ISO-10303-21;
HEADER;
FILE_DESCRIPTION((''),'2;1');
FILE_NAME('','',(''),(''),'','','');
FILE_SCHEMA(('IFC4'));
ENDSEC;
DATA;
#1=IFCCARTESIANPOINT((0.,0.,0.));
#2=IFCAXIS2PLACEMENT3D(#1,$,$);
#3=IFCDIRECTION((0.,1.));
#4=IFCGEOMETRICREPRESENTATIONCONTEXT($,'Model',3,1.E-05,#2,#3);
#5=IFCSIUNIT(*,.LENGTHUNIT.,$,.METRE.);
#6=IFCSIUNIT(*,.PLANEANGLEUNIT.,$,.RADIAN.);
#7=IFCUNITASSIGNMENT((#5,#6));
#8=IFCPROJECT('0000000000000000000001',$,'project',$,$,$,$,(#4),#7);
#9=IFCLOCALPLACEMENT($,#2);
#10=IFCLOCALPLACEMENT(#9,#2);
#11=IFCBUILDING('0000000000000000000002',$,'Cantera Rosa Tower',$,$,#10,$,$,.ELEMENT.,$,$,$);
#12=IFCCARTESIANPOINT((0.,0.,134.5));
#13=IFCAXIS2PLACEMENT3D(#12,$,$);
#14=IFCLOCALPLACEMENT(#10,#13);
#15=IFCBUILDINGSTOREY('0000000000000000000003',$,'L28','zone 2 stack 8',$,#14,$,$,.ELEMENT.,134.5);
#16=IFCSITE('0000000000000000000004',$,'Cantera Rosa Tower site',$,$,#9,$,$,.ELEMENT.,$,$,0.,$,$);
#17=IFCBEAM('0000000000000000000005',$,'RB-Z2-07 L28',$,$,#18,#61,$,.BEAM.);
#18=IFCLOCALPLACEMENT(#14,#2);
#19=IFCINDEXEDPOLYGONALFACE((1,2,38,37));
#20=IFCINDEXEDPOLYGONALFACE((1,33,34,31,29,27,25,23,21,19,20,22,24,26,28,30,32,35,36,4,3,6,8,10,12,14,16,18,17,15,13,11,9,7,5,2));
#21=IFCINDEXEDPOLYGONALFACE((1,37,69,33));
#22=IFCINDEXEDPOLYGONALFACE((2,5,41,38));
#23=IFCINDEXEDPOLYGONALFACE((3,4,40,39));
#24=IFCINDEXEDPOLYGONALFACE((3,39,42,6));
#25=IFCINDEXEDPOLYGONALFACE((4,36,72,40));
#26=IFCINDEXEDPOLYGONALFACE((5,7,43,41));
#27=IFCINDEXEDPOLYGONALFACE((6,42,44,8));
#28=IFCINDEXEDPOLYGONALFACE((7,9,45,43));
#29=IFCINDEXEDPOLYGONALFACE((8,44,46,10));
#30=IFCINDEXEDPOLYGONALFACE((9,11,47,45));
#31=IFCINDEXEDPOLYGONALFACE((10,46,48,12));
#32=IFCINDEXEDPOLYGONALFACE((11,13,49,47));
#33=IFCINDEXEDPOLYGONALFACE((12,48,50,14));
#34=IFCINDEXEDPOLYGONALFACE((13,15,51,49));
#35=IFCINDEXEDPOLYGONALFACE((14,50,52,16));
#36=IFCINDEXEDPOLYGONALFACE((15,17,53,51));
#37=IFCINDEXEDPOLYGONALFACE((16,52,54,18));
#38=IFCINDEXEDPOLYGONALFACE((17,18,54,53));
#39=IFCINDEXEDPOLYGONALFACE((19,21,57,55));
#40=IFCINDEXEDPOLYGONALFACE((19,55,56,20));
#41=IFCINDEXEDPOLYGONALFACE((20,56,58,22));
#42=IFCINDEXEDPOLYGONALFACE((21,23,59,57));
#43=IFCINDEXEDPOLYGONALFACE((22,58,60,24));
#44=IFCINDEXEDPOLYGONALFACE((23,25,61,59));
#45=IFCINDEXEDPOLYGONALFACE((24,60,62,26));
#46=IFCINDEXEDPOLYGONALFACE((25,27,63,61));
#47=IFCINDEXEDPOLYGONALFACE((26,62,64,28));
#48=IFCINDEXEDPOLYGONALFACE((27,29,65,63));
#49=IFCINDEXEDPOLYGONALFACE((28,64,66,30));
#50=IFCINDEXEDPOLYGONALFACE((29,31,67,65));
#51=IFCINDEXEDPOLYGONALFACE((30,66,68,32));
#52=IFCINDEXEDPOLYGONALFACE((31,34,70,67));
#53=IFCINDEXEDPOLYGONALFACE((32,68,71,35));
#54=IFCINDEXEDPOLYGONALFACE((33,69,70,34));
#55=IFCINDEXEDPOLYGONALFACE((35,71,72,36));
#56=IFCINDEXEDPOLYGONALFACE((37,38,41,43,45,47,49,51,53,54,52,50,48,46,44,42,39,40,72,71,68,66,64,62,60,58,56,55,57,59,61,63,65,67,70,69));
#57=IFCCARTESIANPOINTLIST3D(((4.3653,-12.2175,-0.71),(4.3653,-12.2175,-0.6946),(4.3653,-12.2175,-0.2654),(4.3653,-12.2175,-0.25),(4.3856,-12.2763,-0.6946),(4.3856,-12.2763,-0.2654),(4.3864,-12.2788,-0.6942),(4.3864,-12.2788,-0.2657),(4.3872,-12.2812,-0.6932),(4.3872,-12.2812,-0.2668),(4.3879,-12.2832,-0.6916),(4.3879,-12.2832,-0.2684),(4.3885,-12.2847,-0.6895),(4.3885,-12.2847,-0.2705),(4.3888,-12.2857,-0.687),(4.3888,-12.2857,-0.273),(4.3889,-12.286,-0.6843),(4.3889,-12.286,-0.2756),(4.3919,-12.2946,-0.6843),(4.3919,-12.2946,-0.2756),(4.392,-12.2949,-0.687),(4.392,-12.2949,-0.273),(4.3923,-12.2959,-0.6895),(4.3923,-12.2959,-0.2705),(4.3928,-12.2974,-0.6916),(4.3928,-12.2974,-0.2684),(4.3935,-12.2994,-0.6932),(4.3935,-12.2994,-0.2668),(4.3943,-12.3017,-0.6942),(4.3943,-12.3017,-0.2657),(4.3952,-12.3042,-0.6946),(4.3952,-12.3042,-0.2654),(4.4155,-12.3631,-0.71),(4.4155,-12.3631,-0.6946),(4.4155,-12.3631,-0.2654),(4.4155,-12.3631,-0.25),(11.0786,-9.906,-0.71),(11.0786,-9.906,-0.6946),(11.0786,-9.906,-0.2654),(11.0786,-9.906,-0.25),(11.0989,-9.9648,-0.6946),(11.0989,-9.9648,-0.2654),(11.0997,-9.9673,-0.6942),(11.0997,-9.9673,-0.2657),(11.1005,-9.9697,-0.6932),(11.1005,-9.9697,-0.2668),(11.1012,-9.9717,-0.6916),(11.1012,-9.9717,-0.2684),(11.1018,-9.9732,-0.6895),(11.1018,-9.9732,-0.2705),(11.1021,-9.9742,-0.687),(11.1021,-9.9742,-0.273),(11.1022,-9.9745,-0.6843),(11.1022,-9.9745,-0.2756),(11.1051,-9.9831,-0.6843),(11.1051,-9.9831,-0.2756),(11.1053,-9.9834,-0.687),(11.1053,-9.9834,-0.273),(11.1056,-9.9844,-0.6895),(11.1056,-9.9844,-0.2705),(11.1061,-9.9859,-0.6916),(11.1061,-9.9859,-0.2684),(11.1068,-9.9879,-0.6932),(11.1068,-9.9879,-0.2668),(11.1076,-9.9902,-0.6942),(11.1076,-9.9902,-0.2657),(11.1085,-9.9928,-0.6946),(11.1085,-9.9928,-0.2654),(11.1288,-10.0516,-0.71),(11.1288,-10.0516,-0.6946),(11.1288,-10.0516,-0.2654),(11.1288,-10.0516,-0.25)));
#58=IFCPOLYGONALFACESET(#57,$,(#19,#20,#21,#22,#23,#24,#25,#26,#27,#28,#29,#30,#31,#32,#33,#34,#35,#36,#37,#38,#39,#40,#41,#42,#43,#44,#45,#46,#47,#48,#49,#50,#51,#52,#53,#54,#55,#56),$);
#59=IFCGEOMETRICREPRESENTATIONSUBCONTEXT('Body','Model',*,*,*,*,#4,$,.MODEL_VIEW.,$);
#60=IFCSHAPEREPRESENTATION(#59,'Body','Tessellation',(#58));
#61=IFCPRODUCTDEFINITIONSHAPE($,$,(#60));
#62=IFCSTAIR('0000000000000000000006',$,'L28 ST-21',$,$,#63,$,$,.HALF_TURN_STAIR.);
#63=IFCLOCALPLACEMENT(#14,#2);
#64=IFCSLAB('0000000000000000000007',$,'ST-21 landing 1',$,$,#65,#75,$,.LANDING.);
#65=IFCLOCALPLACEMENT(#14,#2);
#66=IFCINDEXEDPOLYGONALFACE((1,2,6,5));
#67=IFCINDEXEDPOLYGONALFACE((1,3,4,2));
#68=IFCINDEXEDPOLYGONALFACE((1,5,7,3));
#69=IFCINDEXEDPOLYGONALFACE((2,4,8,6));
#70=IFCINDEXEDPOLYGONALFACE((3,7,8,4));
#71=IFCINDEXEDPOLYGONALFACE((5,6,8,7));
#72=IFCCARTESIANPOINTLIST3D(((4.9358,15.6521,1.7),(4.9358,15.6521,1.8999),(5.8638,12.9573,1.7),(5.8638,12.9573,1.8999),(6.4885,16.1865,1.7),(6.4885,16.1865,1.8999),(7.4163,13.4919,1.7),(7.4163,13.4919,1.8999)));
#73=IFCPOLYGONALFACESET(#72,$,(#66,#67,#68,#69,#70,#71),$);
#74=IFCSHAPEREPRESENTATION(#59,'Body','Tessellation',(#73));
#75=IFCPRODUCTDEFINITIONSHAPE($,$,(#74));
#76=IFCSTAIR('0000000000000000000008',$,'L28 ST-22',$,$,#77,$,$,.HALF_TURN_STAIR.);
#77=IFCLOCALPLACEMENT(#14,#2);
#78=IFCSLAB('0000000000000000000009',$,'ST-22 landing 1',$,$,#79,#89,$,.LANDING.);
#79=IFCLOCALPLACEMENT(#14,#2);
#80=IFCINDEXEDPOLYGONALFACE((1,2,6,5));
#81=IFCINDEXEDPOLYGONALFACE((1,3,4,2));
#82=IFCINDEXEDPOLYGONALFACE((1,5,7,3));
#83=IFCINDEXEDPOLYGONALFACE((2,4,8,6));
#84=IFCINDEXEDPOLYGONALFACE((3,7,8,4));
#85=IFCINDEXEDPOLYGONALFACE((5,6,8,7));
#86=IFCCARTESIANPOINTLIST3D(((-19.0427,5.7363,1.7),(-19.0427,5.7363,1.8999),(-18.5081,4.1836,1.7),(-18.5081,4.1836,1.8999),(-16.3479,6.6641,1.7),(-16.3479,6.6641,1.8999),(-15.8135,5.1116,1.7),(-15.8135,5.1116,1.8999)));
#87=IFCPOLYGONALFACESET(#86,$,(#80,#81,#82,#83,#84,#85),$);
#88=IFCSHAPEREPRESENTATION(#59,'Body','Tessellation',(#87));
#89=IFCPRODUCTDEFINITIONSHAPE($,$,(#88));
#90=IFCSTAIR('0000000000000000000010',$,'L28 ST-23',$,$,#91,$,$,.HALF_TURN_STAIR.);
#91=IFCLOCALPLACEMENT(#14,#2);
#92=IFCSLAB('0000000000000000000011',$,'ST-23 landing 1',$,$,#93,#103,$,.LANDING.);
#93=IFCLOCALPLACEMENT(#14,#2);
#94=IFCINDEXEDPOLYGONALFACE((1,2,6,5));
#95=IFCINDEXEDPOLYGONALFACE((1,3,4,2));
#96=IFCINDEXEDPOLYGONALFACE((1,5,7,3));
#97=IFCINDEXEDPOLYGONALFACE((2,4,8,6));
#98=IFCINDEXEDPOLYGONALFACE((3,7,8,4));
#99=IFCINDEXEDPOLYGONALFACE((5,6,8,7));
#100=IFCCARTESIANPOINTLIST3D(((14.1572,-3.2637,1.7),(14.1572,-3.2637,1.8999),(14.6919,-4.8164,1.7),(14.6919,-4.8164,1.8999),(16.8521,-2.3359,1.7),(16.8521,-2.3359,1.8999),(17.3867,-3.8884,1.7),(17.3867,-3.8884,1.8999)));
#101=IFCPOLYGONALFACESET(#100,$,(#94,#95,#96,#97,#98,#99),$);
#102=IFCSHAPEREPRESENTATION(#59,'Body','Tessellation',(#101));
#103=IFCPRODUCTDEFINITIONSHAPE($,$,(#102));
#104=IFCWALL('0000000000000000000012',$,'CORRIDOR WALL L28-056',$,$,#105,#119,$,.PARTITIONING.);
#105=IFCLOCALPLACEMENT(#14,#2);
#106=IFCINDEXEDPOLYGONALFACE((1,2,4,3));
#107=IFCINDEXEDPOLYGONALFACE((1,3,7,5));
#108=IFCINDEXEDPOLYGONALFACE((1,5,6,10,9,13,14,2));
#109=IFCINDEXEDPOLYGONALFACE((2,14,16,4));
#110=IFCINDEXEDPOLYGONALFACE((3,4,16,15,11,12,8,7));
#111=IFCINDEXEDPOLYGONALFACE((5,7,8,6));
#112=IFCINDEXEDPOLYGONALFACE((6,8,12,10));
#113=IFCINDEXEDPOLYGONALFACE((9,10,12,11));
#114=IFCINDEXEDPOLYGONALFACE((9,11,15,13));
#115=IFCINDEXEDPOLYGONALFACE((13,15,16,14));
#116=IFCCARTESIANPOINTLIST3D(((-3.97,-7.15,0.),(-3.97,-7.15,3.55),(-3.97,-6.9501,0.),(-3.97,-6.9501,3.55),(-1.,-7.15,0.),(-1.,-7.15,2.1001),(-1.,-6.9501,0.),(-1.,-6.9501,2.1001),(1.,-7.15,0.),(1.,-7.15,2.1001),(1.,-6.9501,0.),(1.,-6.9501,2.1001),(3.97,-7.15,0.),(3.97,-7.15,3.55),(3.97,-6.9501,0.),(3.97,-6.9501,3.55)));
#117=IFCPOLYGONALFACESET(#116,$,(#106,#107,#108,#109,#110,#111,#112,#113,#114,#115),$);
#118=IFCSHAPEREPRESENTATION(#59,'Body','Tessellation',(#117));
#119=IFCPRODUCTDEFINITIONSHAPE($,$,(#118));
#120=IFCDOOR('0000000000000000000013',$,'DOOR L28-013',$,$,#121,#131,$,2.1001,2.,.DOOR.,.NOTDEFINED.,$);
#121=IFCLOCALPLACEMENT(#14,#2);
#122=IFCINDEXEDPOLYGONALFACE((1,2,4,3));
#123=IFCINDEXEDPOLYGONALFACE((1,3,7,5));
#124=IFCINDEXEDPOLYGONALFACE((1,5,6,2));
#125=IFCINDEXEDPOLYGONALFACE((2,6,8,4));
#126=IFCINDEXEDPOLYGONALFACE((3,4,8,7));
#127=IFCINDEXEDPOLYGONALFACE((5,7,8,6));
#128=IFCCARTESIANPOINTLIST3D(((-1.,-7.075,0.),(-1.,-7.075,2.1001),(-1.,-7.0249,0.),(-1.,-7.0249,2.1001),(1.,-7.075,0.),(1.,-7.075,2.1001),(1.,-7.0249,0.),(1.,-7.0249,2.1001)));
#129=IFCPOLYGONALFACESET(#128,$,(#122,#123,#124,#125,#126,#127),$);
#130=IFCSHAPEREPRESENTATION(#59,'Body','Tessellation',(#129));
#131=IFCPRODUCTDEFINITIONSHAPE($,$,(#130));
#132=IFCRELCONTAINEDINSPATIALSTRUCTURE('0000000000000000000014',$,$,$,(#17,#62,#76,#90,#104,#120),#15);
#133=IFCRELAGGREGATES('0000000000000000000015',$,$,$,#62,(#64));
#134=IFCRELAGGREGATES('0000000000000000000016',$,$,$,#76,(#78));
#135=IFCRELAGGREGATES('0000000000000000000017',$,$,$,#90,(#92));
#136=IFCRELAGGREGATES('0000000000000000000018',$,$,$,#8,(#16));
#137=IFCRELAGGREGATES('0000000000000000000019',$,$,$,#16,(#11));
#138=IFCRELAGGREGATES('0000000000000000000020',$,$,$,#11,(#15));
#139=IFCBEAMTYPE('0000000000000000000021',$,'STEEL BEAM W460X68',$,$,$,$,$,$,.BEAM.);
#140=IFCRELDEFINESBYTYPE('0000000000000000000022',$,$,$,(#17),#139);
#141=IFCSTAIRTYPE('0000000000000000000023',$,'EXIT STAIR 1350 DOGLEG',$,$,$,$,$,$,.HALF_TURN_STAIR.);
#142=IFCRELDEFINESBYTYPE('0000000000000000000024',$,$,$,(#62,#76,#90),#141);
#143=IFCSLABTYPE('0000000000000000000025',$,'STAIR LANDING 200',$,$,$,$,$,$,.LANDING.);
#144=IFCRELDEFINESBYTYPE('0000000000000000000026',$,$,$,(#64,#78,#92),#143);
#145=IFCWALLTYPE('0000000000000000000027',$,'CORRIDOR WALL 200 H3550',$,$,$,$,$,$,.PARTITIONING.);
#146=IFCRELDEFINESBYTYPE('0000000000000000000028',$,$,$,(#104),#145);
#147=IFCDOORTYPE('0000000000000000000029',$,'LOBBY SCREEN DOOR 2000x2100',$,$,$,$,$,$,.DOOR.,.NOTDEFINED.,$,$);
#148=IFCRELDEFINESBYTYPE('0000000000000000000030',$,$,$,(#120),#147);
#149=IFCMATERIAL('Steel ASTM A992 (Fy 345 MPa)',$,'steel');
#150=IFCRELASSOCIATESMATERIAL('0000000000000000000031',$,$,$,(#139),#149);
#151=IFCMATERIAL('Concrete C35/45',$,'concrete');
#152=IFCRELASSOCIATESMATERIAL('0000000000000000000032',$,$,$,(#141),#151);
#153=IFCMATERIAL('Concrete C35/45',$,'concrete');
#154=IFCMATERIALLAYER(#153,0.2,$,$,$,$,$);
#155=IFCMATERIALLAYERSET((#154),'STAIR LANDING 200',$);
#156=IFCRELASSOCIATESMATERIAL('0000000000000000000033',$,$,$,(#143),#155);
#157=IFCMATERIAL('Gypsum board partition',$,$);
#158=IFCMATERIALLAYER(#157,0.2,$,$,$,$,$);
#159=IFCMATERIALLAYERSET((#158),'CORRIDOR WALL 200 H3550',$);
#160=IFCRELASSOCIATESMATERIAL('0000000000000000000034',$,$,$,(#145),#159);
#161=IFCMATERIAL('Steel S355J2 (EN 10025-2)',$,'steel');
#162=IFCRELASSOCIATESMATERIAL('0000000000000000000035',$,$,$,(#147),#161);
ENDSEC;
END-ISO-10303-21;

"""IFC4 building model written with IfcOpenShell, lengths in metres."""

from ifc_helpers import new_model, si_unit, direction, frame, frame_2d, origin, origin_2d, place, context, subcontext, project, spatial, polyline, rectangle, i_section, outline, extrude, material, layer, layer_set, material_profile, profile_set, type_object, element, fill, aggregate, save


model = new_model("IFC4")

# Units and contexts
model_context = context("Model", 3, precision=1e-05, world=origin(), true_north=direction((0.0, 1.0)))
body_context = subcontext(model_context, "Body", "Model", "MODEL_VIEW")
ifc_project = project(units=[si_unit("LENGTHUNIT", "METRE"), si_unit("PLANEANGLEUNIT", "RADIAN")], contexts=[model_context])

# Site, building, storey
site_placement = place(None, origin())
site = spatial("IfcSite", under=ifc_project, at=site_placement, Name="Cantera Rosa Tower site", CompositionType="ELEMENT", RefElevation=0.0)
building_placement = place(site_placement, origin())
building = spatial("IfcBuilding", under=site, at=building_placement, Name="Cantera Rosa Tower", CompositionType="ELEMENT")
storey_placement = place(building_placement, frame((0.0, 0.0, 134.5)))
storey = spatial("IfcBuildingStorey", under=building, at=storey_placement, Name="L28", Description="zone 2 stack 8", CompositionType="ELEMENT", Elevation=134.5)

# Beam
ifc_material_1 = material(Name="Steel ASTM A992 (Fy 345 MPa)", Category="steel")
ifc_material_profile = material_profile(ifc_material_1, i_section(OverallWidth=0.1541, OverallDepth=0.46, WebThickness=0.009, FlangeThickness=0.0154, FilletRadius=0.0103, at=origin_2d()), Name="W460X68")
ifc_profile_set = profile_set([ifc_material_profile], Name="Steel ASTM A992 (Fy 345 MPa)")
beam_type = type_object("IfcBeamType", Name="STEEL BEAM W460X68", PredefinedType="BEAM", material=ifc_profile_set)
beam_placement = place(storey_placement, frame((4.3904, -12.2903, -0.48), z_axis=(0.945522, 0.325558, 0.0), x_axis=(-0.325558, 0.945522, 0.0)))
element("IfcBeam", 1, at=beam_placement, inside=storey, type_object=beam_type, Name="RB-Z2-07 L28", PredefinedType="BEAM", context=body_context, shape_type="SweptSolid", body=[
    extrude(i_section(OverallWidth=0.1541, OverallDepth=0.46, WebThickness=0.009, FlangeThickness=0.0154, FilletRadius=0.0103, at=origin_2d()), origin(), (0.0, 0.0, 1.0), 7.1001),
])

# Stairs, slabs
ifc_material_2 = material(Name="Concrete C35/45", Category="concrete")
stair_type = type_object("IfcStairType", Name="EXIT STAIR 1350 DOGLEG", PredefinedType="HALF_TURN_STAIR", material=ifc_material_2)
stair_1_placement = place(storey_placement, origin())
stair_1 = element("IfcStair", 2, at=stair_1_placement, inside=storey, type_object=stair_type, Name="L28 ST-21", PredefinedType="HALF_TURN_STAIR")
ifc_material_3 = material(Name="Concrete C35/45", Category="concrete")
ifc_layer_1 = layer(ifc_material_3, 0.2)
ifc_layer_set_1 = layer_set([ifc_layer_1], Name="STAIR LANDING 200")
slab_type = type_object("IfcSlabType", Name="STAIR LANDING 200", PredefinedType="LANDING", material=ifc_layer_set_1)
slab_1_placement = place(storey_placement, frame((0.0, 0.0, 1.7)))
slab_1 = element("IfcSlab", 3, at=slab_1_placement, type_object=slab_type, Name="ST-21 landing 1", PredefinedType="LANDING", context=body_context, shape_type="SweptSolid", body=[
    extrude(outline(polyline([(6.4885, 16.1865), (4.9358, 15.6521), (5.8638, 12.9573), (7.4163, 13.4919), (6.4885, 16.1865)])), origin(), (0.0, 0.0, 1.0), 0.2),
])
aggregate(stair_1, [slab_1])
stair_2_placement = place(storey_placement, origin())
stair_2 = element("IfcStair", 4, at=stair_2_placement, inside=storey, type_object=stair_type, Name="L28 ST-22", PredefinedType="HALF_TURN_STAIR")
slab_2_placement = place(storey_placement, frame((0.0, 0.0, 1.7)))
slab_2 = element("IfcSlab", 5, at=slab_2_placement, type_object=slab_type, Name="ST-22 landing 1", PredefinedType="LANDING", context=body_context, shape_type="SweptSolid", body=[
    extrude(outline(polyline([(-15.8135, 5.1116), (-16.3479, 6.6641), (-19.0427, 5.7363), (-18.5081, 4.1836), (-15.8135, 5.1116)])), origin(), (0.0, 0.0, 1.0), 0.2),
])
aggregate(stair_2, [slab_2])
stair_3_placement = place(storey_placement, origin())
stair_3 = element("IfcStair", 6, at=stair_3_placement, inside=storey, type_object=stair_type, Name="L28 ST-23", PredefinedType="HALF_TURN_STAIR")
slab_3_placement = place(storey_placement, frame((0.0, 0.0, 1.7)))
slab_3 = element("IfcSlab", 7, at=slab_3_placement, type_object=slab_type, Name="ST-23 landing 1", PredefinedType="LANDING", context=body_context, shape_type="SweptSolid", body=[
    extrude(outline(polyline([(17.3867, -3.8884), (16.8521, -2.3359), (14.1572, -3.2637), (14.6919, -4.8164), (17.3867, -3.8884)])), origin(), (0.0, 0.0, 1.0), 0.2),
])
aggregate(stair_3, [slab_3])

# Wall, opening, door
ifc_material_4 = material(Name="Gypsum board partition")
ifc_layer_2 = layer(ifc_material_4, 0.2)
ifc_layer_set_2 = layer_set([ifc_layer_2], Name="CORRIDOR WALL 200 H3550")
wall_type_1 = type_object("IfcWallType", Name="CORRIDOR WALL 200 H3550", PredefinedType="PARTITIONING", material=ifc_layer_set_2)
wall_1_placement = place(storey_placement, frame((3.97, -7.05, 0.0), z_axis=(0.0, 0.0, 1.0), x_axis=(-1.0, 0.0, 0.0)))
wall_1 = element("IfcWall", 8, at=wall_1_placement, inside=storey, type_object=wall_type_1, Name="CORRIDOR WALL L28-056", PredefinedType="PARTITIONING", context=body_context, shape_type="SweptSolid", body=[
    extrude(rectangle(XDim=7.9399, YDim=0.2, at=frame_2d((3.97, 0.0))), origin(), (0.0, 0.0, 1.0), 3.55),
])
opening_1_placement = place(wall_1_placement, frame((2.97, 0.0, 0.0)))
opening_1 = element("IfcOpeningElement", 9, at=opening_1_placement, cuts=wall_1, PredefinedType="OPENING", context=body_context, shape_type="SweptSolid", body=[
    extrude(rectangle(XDim=2.0, YDim=2.1001, at=frame_2d((1.0, 1.05))), frame((0.0, 0.1099, 0.0), z_axis=(0.0, -1.0, 0.0), x_axis=(1.0, 0.0, 0.0)), (0.0, 0.0, 1.0), 0.22),
])
ifc_material_5 = material(Name="Steel S355J2 (EN 10025-2)", Category="steel")
door_type_1 = type_object("IfcDoorType", Name="LOBBY SCREEN DOOR 2000x2100", OperationType="NOTDEFINED", PredefinedType="DOOR", material=ifc_material_5)
door_1_placement = place(opening_1_placement, origin())
door_1 = element("IfcDoor", 10, at=door_1_placement, inside=storey, type_object=door_type_1, Name="DOOR L28-013", OperationType="NOTDEFINED", OverallHeight=2.1001, OverallWidth=2.0, PredefinedType="DOOR", context=body_context, shape_type="SweptSolid", body=[
    extrude(rectangle(XDim=2.0, YDim=2.1001, at=frame_2d((1.0, 1.05))), frame((0.0, 0.0249, 0.0), z_axis=(0.0, -1.0, 0.0), x_axis=(1.0, 0.0, 0.0)), (0.0, 0.0, 1.0), 0.05),
])
fill(opening_1, door_1)

save(model, "model.ifc")
